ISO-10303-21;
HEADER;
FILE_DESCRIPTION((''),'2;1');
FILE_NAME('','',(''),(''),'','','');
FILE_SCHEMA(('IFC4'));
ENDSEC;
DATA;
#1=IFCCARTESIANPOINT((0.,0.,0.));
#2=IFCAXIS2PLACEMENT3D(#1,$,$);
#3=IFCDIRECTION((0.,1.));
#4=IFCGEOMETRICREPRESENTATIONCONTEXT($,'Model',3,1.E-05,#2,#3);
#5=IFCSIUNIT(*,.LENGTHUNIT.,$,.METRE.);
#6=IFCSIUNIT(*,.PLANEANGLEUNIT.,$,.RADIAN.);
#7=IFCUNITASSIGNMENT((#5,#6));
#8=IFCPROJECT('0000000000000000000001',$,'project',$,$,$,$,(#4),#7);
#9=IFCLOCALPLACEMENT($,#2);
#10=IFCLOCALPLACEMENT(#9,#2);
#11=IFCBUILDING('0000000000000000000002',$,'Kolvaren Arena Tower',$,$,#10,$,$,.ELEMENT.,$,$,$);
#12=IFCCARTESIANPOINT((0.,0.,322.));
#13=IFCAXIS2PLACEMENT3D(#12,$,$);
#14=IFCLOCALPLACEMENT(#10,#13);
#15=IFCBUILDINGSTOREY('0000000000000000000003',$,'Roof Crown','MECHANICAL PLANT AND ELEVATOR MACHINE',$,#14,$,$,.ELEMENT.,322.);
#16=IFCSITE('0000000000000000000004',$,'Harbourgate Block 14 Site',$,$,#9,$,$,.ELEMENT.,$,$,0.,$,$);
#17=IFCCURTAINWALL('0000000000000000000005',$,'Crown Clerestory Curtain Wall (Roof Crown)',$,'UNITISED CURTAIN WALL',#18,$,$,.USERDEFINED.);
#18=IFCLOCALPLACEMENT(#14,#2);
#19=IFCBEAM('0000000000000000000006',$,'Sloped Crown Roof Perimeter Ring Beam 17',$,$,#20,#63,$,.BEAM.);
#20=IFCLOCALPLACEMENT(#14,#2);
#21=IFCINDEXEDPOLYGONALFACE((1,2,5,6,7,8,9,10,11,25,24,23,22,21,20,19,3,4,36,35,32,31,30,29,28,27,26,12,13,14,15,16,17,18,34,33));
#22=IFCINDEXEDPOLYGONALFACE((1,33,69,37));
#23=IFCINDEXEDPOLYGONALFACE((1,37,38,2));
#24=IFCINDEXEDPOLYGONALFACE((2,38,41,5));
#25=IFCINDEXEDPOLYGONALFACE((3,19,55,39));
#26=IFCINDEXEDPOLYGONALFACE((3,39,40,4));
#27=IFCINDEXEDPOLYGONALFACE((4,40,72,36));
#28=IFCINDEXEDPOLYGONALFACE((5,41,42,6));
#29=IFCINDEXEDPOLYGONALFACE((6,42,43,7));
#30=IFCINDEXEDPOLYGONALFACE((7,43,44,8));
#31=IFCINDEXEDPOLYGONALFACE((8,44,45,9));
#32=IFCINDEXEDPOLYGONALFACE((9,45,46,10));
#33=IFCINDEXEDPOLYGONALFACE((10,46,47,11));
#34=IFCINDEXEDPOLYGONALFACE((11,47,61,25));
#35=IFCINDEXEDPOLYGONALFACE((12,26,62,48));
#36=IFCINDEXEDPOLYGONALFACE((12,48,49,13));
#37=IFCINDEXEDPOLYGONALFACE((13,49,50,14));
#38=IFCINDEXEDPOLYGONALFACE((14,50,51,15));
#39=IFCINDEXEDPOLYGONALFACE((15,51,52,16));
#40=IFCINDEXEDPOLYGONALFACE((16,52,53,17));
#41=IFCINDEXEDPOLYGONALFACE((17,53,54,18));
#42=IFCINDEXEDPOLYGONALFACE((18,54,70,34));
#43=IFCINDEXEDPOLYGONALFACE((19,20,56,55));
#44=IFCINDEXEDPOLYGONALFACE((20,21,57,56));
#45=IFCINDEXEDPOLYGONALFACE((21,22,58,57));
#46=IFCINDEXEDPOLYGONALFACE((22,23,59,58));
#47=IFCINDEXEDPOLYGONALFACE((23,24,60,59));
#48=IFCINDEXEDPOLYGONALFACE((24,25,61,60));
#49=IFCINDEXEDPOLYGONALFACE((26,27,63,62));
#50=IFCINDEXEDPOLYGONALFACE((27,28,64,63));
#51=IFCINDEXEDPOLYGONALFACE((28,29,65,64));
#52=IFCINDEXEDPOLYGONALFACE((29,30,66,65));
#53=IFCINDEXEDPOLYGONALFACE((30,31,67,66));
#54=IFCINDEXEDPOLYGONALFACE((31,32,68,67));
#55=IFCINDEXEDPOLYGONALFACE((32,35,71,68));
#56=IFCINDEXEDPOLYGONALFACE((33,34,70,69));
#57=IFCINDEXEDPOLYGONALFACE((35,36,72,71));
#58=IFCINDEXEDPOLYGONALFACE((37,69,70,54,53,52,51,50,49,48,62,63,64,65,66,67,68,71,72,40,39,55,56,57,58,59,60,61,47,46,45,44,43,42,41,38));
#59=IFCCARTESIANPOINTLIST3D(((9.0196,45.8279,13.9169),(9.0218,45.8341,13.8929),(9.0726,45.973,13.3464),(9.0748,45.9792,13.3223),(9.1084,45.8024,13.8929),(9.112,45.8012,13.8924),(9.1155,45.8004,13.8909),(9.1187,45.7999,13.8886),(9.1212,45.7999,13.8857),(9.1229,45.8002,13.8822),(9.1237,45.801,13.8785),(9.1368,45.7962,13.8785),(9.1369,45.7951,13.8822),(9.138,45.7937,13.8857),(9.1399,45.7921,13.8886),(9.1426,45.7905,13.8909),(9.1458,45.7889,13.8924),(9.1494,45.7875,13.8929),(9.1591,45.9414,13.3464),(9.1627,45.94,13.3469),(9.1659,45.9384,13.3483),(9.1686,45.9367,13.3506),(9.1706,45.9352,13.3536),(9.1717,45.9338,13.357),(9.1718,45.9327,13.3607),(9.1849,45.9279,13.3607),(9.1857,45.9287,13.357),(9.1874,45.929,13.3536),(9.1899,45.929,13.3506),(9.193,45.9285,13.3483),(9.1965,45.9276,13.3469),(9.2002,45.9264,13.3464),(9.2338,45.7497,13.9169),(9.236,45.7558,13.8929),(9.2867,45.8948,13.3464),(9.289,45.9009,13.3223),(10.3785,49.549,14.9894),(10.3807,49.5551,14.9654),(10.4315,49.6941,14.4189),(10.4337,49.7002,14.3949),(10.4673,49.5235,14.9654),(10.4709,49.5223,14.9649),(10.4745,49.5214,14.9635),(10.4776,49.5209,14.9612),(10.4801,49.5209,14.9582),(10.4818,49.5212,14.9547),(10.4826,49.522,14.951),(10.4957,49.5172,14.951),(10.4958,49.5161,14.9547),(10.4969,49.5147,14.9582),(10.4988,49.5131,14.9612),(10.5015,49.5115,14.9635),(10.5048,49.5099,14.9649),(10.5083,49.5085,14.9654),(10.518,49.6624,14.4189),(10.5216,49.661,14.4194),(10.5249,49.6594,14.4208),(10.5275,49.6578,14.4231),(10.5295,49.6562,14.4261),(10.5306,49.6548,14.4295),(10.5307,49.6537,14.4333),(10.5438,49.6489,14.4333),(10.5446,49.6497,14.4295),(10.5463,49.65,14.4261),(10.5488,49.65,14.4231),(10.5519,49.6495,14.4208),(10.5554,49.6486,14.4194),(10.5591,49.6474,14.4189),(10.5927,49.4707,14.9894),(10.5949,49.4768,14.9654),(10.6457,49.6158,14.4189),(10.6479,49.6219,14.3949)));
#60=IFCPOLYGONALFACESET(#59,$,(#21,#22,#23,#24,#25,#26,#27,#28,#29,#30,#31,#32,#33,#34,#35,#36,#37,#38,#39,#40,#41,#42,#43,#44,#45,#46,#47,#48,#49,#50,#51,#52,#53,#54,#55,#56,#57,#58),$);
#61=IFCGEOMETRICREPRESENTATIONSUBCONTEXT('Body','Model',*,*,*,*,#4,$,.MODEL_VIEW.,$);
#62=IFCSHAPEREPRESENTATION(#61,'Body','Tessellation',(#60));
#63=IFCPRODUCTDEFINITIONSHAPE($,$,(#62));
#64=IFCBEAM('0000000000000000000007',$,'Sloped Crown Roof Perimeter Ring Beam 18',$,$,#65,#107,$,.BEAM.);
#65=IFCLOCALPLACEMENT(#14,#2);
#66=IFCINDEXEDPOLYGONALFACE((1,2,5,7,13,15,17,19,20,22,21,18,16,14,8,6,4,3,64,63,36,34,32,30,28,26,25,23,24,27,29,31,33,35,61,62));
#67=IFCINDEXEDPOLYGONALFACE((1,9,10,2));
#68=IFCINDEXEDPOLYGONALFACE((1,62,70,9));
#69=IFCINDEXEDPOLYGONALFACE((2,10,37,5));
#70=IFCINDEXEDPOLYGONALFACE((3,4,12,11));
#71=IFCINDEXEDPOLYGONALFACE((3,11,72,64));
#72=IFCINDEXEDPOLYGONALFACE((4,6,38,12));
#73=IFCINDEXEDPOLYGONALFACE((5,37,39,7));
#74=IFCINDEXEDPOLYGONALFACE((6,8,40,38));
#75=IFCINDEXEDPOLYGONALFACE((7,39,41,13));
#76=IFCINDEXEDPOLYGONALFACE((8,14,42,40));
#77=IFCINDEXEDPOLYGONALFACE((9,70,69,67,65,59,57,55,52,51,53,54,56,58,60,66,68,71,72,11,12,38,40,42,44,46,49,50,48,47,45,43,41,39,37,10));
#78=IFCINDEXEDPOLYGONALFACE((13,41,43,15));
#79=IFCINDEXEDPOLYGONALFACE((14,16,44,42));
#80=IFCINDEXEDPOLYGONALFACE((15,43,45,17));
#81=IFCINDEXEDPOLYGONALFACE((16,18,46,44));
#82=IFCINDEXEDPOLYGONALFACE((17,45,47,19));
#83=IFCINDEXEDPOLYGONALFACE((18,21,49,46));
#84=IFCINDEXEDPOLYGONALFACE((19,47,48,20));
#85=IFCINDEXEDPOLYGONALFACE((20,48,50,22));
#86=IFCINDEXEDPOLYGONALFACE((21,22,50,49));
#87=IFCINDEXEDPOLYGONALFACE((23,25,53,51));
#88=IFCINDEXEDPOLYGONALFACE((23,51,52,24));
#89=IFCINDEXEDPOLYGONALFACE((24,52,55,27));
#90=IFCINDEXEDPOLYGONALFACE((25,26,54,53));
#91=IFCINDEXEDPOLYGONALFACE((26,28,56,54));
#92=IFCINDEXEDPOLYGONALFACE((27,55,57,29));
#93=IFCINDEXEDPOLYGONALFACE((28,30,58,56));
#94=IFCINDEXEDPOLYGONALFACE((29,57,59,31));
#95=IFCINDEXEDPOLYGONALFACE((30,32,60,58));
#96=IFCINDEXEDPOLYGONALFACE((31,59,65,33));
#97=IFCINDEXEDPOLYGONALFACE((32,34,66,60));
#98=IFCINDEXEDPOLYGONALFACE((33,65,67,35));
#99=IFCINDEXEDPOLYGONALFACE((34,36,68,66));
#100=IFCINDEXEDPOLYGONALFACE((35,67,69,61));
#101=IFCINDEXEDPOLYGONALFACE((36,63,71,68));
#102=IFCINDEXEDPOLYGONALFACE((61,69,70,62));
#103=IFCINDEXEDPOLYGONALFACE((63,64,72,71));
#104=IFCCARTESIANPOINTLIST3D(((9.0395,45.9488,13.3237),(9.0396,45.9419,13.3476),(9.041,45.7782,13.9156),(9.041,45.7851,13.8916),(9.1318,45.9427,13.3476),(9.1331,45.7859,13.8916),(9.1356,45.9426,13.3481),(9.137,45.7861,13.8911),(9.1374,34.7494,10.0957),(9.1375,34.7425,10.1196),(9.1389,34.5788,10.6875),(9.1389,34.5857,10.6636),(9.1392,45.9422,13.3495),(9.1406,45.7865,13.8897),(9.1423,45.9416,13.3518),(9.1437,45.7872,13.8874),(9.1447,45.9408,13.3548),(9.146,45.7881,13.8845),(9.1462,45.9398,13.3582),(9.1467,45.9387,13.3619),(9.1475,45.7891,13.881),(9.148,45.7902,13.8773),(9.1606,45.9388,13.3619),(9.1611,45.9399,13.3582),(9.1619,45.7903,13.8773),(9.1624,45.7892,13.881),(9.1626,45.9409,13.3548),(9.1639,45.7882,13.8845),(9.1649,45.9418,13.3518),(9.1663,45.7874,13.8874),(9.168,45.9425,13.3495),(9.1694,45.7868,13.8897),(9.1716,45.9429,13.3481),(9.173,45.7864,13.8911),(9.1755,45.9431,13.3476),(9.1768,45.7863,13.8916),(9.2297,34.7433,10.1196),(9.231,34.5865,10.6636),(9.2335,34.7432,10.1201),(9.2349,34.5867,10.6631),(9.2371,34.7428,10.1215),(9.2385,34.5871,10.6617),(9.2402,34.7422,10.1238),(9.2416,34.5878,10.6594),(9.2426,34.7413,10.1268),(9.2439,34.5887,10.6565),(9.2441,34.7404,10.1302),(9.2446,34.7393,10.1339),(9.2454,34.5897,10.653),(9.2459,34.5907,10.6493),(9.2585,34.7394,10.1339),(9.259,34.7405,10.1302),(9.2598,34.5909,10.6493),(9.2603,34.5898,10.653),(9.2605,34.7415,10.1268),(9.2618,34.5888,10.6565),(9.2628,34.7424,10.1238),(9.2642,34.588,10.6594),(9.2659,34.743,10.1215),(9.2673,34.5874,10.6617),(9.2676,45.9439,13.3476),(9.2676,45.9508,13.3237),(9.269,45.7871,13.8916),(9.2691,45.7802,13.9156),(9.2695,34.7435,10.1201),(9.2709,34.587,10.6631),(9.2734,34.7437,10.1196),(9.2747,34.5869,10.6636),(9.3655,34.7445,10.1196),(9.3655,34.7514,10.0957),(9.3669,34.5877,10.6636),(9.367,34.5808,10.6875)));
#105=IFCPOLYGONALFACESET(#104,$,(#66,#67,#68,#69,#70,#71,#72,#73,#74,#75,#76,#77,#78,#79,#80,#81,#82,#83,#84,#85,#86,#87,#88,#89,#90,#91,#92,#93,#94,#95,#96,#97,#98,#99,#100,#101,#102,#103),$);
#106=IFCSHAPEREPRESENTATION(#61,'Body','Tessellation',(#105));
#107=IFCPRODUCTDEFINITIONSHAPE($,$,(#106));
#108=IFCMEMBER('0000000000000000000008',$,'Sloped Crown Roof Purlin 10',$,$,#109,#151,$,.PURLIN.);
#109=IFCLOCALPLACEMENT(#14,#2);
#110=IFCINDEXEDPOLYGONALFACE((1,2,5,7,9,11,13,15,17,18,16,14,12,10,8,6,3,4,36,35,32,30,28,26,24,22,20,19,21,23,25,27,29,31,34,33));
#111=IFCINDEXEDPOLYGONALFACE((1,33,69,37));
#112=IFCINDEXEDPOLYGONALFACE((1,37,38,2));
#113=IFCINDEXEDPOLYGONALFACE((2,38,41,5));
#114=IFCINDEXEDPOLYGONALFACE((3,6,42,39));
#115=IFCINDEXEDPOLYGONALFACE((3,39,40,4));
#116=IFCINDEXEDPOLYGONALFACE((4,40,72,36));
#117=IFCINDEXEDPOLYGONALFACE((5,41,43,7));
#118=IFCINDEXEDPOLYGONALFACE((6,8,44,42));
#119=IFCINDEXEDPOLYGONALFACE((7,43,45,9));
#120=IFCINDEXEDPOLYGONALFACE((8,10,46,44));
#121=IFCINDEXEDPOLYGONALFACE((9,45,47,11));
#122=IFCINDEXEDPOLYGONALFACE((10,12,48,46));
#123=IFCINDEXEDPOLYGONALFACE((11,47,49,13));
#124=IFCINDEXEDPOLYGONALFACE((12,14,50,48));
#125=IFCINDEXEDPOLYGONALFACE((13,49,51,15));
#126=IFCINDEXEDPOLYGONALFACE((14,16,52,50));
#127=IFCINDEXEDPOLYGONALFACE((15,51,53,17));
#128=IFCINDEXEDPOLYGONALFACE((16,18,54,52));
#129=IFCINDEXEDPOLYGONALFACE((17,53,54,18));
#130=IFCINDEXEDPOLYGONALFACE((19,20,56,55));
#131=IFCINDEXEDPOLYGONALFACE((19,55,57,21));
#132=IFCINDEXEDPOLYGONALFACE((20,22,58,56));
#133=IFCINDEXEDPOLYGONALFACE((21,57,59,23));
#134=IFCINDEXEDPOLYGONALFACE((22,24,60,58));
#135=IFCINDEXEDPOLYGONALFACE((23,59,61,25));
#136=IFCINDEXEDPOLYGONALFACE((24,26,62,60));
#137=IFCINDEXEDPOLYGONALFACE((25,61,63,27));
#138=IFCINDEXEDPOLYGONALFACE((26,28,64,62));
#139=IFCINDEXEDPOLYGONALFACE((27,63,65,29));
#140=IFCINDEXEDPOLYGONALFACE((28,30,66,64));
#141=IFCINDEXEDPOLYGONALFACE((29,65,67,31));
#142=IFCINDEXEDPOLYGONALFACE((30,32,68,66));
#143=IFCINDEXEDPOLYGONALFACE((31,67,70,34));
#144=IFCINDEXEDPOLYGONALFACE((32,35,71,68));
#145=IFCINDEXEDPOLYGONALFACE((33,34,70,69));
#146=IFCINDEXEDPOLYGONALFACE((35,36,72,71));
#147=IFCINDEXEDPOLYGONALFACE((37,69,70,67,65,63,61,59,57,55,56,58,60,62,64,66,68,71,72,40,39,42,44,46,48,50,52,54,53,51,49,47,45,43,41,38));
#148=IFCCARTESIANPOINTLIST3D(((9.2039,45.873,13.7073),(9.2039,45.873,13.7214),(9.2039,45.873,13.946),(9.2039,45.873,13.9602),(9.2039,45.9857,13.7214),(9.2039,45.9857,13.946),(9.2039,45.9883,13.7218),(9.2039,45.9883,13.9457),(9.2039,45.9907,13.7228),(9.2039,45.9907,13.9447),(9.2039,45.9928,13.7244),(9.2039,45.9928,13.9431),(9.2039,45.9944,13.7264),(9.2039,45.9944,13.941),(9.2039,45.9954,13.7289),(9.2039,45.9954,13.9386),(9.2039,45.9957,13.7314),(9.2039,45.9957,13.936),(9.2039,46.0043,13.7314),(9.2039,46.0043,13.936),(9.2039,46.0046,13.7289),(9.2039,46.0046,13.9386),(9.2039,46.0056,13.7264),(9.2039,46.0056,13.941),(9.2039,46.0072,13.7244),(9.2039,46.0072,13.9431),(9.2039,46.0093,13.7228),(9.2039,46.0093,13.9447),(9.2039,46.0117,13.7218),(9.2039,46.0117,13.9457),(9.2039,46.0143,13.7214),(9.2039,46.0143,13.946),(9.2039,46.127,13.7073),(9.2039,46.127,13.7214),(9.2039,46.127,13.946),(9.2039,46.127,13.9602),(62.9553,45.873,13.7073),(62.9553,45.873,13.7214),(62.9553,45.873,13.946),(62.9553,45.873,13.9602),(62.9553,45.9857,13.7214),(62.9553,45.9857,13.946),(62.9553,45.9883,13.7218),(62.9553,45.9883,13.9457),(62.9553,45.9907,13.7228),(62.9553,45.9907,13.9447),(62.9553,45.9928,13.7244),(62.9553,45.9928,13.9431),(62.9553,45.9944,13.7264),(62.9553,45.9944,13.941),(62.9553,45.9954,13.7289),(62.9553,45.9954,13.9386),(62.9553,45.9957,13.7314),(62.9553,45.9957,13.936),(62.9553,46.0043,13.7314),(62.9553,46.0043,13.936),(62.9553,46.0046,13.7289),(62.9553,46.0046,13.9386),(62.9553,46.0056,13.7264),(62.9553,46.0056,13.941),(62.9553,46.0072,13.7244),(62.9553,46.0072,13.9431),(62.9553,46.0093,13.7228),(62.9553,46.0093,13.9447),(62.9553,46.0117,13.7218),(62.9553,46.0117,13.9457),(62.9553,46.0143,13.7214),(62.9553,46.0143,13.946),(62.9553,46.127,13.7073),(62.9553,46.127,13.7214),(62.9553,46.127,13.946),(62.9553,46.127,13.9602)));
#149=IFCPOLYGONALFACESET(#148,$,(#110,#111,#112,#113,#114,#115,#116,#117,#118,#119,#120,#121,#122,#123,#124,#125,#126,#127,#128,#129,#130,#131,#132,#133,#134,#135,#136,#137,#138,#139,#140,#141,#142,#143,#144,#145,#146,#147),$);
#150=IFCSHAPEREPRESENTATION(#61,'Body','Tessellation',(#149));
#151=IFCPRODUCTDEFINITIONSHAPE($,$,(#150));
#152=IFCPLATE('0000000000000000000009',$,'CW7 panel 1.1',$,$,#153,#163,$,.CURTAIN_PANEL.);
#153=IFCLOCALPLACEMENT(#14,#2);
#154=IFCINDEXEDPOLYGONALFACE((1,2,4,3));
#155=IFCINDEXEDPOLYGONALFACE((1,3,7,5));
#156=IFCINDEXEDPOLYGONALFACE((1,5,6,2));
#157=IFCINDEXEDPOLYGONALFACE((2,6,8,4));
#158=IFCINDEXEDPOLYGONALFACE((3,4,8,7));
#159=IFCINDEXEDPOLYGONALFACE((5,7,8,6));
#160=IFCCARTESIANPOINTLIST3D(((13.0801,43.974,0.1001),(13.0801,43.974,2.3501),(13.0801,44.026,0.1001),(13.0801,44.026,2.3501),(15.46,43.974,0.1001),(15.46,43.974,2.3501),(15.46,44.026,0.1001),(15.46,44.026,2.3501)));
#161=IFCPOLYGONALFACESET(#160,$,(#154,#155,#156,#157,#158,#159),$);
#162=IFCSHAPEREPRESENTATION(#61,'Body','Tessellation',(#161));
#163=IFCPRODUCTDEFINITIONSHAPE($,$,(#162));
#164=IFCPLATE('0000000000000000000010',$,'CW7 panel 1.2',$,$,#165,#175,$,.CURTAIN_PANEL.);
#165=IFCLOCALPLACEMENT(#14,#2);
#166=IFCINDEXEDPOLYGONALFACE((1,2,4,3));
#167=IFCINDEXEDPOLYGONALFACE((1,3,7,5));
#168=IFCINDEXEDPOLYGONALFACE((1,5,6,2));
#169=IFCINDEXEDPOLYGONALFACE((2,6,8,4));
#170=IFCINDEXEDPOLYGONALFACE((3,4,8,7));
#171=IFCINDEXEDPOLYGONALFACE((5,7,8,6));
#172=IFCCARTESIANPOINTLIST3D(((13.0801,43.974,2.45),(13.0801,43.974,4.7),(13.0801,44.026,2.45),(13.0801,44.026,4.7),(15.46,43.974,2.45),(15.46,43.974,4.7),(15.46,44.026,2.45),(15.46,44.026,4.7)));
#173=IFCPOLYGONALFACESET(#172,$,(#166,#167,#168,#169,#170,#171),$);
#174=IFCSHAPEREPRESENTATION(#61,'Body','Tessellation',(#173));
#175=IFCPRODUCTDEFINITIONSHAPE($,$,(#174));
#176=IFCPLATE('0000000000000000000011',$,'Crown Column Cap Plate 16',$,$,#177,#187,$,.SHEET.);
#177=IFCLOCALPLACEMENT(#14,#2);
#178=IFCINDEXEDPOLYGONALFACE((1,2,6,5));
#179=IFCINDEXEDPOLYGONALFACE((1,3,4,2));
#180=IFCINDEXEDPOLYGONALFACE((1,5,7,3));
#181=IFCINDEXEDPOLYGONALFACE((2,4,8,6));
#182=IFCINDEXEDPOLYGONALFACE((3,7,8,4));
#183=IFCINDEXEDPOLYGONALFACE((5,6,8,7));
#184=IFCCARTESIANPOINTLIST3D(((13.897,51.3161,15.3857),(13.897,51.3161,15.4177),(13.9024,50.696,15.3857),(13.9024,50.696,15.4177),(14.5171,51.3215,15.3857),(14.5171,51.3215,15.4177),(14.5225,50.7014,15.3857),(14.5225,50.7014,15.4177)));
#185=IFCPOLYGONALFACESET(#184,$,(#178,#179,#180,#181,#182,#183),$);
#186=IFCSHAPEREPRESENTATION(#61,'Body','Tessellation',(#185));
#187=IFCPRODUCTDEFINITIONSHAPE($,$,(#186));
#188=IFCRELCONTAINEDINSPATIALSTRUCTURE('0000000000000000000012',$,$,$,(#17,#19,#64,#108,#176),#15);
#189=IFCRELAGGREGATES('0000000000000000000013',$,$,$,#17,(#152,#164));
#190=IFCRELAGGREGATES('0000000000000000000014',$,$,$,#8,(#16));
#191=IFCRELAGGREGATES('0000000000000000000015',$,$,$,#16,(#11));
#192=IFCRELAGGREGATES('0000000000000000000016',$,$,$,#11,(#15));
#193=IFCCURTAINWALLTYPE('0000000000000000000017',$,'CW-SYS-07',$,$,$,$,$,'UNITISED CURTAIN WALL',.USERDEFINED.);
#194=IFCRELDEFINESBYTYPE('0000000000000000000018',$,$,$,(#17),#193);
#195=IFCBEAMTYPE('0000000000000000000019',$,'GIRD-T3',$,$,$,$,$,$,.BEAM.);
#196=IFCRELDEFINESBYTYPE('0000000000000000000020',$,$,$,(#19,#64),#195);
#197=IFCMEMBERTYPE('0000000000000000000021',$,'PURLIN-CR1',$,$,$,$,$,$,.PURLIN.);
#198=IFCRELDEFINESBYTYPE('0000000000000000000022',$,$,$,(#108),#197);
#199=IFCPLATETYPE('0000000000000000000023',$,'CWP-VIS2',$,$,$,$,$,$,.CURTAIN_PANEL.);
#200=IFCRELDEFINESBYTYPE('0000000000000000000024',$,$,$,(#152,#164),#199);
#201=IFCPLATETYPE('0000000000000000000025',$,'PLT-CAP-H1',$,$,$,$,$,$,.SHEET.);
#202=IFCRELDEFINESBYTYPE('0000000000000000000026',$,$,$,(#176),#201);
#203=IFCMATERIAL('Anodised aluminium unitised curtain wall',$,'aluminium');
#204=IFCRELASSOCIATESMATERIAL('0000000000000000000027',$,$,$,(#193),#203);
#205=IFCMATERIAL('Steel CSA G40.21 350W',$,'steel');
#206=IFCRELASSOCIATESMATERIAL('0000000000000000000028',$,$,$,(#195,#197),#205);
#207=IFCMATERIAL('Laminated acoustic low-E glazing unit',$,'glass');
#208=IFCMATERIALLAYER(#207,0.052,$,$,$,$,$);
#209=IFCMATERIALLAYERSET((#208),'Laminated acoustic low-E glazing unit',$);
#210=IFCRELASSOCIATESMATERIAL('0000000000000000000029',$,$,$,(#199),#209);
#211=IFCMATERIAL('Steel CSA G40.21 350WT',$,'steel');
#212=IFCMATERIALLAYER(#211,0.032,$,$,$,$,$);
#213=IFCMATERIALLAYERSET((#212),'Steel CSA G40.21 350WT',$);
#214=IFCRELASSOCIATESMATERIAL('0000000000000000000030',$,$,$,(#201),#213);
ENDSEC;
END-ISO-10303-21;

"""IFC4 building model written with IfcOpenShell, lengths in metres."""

from ifc_helpers import new_model, si_unit, direction, frame, origin, origin_2d, place, context, subcontext, project, spatial, rectangle, i_section, extrude, material, layer, layer_set, material_profile, profile_set, type_object, element, aggregate, save


model = new_model("IFC4")

# Units and contexts
model_context = context("Model", 3, precision=1e-05, world=origin(), true_north=direction((0.0, 1.0)))
body_context = subcontext(model_context, "Body", "Model", "MODEL_VIEW")
ifc_project = project(units=[si_unit("LENGTHUNIT", "METRE"), si_unit("PLANEANGLEUNIT", "RADIAN")], contexts=[model_context])

# Site, building, storey
site_placement = place(None, origin())
site = spatial("IfcSite", under=ifc_project, at=site_placement, Name="Harbourgate Block 14 Site", CompositionType="ELEMENT", RefElevation=0.0)
building_placement = place(site_placement, origin())
building = spatial("IfcBuilding", under=site, at=building_placement, Name="Kolvaren Arena Tower", CompositionType="ELEMENT")
storey_placement = place(building_placement, frame((0.0, 0.0, 322.0)))
storey = spatial("IfcBuildingStorey", under=building, at=storey_placement, Name="Roof Crown", Description="MECHANICAL PLANT AND ELEVATOR MACHINE", CompositionType="ELEMENT", Elevation=322.0)

# Curtain wall
ifc_material_1 = material(Name="Anodised aluminium unitised curtain wall", Category="aluminium")
curtain_wall_type = type_object("IfcCurtainWallType", Name="CW-SYS-07", ElementType="UNITISED CURTAIN WALL", PredefinedType="USERDEFINED", material=ifc_material_1)
curtain_wall_placement = place(storey_placement, origin())
curtain_wall = element("IfcCurtainWall", 1, at=curtain_wall_placement, inside=storey, type_object=curtain_wall_type, Name="Crown Clerestory Curtain Wall (Roof Crown)", ObjectType="UNITISED CURTAIN WALL", PredefinedType="USERDEFINED")

# Beams
ifc_material_2 = material(Name="Steel CSA G40.21 350W", Category="steel")
ifc_material_profile_1 = material_profile(ifc_material_2, i_section(OverallWidth=0.228, OverallDepth=0.616, WebThickness=0.0139, FlangeThickness=0.0249, FilletRadius=0.0149, at=origin_2d()), Name="W610x174")
ifc_profile_set_1 = profile_set([ifc_material_profile_1], Name="Steel CSA G40.21 350W")
beam_type = type_object("IfcBeamType", Name="GIRD-T3", PredefinedType="BEAM", material=ifc_profile_set_1)
beam_1_placement = place(storey_placement, frame((10.5132, 49.5854, 14.6921), z_axis=(-0.331118, -0.906677, -0.261337), x_axis=(0.939321, -0.343039, 0.0)))
element("IfcBeam", 2, at=beam_1_placement, inside=storey, type_object=beam_type, Name="Sloped Crown Roof Perimeter Ring Beam 17", PredefinedType="BEAM", context=body_context, shape_type="SweptSolid", body=[
    extrude(i_section(OverallWidth=0.228, OverallDepth=0.616, WebThickness=0.0139, FlangeThickness=0.0249, FilletRadius=0.0149, at=origin_2d()), origin(), (0.0, 0.0, 1.0), 4.104),
])
beam_2_placement = place(storey_placement, frame((9.1543, 45.8645, 13.6196), z_axis=(0.008399, -0.960849, -0.276946), x_axis=(0.999962, 0.008741, 0.0)))
element("IfcBeam", 3, at=beam_2_placement, inside=storey, type_object=beam_type, Name="Sloped Crown Roof Perimeter Ring Beam 18", PredefinedType="BEAM", context=body_context, shape_type="SweptSolid", body=[
    extrude(i_section(OverallWidth=0.228, OverallDepth=0.616, WebThickness=0.0139, FlangeThickness=0.0249, FilletRadius=0.0149, at=origin_2d()), origin(), (0.0, 0.0, 1.0), 11.6558),
])

# Member
ifc_material_profile_2 = material_profile(ifc_material_2, i_section(OverallWidth=0.2539, OverallDepth=0.2529, WebThickness=0.0085, FlangeThickness=0.0142, FilletRadius=0.01, at=origin_2d()), Name="W250x73")
ifc_profile_set_2 = profile_set([ifc_material_profile_2], Name="Steel CSA G40.21 350W")
member_type_1 = type_object("IfcMemberType", Name="PURLIN-CR1", PredefinedType="PURLIN", material=ifc_profile_set_2)
member_1_placement = place(storey_placement, frame((9.2039, 46.0, 13.8337), z_axis=(1.0, 0.0, 0.0), x_axis=(0.0, 1.0, 0.0)))
element("IfcMember", 4, at=member_1_placement, inside=storey, type_object=member_type_1, Name="Sloped Crown Roof Purlin 10", PredefinedType="PURLIN", context=body_context, shape_type="SweptSolid", body=[
    extrude(i_section(OverallWidth=0.2539, OverallDepth=0.2529, WebThickness=0.0085, FlangeThickness=0.0142, FilletRadius=0.01, at=origin_2d()), origin(), (0.0, 0.0, 1.0), 53.7515),
])

# Plates
ifc_material_3 = material(Name="Laminated acoustic low-E glazing unit", Category="glass")
ifc_layer_1 = layer(ifc_material_3, 0.052)
ifc_layer_set_1 = layer_set([ifc_layer_1], Name="Laminated acoustic low-E glazing unit")
plate_type_1 = type_object("IfcPlateType", Name="CWP-VIS2", PredefinedType="CURTAIN_PANEL", material=ifc_layer_set_1)
plate_1_placement = place(storey_placement, frame((14.27, 44.0, 0.1001), z_axis=(0.0, 0.0, 1.0), x_axis=(1.0, 0.0, 0.0)))
plate_1 = element("IfcPlate", 5, at=plate_1_placement, type_object=plate_type_1, Name="CW7 panel 1.1", PredefinedType="CURTAIN_PANEL", context=body_context, shape_type="SweptSolid", body=[
    extrude(rectangle(XDim=2.3799, YDim=0.052, at=origin_2d()), origin(), (0.0, 0.0, 1.0), 2.25),
])
plate_2_placement = place(storey_placement, frame((14.27, 44.0, 2.45), z_axis=(0.0, 0.0, 1.0), x_axis=(1.0, 0.0, 0.0)))
plate_2 = element("IfcPlate", 6, at=plate_2_placement, type_object=plate_type_1, Name="CW7 panel 1.2", PredefinedType="CURTAIN_PANEL", context=body_context, shape_type="SweptSolid", body=[
    extrude(rectangle(XDim=2.3799, YDim=0.052, at=origin_2d()), origin(), (0.0, 0.0, 1.0), 2.25),
])
aggregate(curtain_wall, [plate_1, plate_2])

# Plate
ifc_material_4 = material(Name="Steel CSA G40.21 350WT", Category="steel")
ifc_layer_2 = layer(ifc_material_4, 0.032)
ifc_layer_set_2 = layer_set([ifc_layer_2], Name="Steel CSA G40.21 350WT")
plate_type_2 = type_object("IfcPlateType", Name="PLT-CAP-H1", PredefinedType="SHEET", material=ifc_layer_set_2)
for number, where, z_axis, x_axis, name in (
    (7, (14.2097, 51.0088, 15.3857), (0.0, 0.0, 1.0), (0.999962, 0.008727, 0.0), "Crown Column Cap Plate 16"),
):
    element("IfcPlate", number, at=place(storey_placement, frame(where, z_axis=z_axis, x_axis=x_axis)), inside=storey, type_object=plate_type_2, Name=name, PredefinedType="SHEET", context=body_context, shape_type="SweptSolid", body=[
        extrude(rectangle(XDim=0.6201, YDim=0.6201, at=origin_2d()), origin(), (0.0, 0.0, 1.0), 0.032),
    ])

save(model, "model.ifc")
